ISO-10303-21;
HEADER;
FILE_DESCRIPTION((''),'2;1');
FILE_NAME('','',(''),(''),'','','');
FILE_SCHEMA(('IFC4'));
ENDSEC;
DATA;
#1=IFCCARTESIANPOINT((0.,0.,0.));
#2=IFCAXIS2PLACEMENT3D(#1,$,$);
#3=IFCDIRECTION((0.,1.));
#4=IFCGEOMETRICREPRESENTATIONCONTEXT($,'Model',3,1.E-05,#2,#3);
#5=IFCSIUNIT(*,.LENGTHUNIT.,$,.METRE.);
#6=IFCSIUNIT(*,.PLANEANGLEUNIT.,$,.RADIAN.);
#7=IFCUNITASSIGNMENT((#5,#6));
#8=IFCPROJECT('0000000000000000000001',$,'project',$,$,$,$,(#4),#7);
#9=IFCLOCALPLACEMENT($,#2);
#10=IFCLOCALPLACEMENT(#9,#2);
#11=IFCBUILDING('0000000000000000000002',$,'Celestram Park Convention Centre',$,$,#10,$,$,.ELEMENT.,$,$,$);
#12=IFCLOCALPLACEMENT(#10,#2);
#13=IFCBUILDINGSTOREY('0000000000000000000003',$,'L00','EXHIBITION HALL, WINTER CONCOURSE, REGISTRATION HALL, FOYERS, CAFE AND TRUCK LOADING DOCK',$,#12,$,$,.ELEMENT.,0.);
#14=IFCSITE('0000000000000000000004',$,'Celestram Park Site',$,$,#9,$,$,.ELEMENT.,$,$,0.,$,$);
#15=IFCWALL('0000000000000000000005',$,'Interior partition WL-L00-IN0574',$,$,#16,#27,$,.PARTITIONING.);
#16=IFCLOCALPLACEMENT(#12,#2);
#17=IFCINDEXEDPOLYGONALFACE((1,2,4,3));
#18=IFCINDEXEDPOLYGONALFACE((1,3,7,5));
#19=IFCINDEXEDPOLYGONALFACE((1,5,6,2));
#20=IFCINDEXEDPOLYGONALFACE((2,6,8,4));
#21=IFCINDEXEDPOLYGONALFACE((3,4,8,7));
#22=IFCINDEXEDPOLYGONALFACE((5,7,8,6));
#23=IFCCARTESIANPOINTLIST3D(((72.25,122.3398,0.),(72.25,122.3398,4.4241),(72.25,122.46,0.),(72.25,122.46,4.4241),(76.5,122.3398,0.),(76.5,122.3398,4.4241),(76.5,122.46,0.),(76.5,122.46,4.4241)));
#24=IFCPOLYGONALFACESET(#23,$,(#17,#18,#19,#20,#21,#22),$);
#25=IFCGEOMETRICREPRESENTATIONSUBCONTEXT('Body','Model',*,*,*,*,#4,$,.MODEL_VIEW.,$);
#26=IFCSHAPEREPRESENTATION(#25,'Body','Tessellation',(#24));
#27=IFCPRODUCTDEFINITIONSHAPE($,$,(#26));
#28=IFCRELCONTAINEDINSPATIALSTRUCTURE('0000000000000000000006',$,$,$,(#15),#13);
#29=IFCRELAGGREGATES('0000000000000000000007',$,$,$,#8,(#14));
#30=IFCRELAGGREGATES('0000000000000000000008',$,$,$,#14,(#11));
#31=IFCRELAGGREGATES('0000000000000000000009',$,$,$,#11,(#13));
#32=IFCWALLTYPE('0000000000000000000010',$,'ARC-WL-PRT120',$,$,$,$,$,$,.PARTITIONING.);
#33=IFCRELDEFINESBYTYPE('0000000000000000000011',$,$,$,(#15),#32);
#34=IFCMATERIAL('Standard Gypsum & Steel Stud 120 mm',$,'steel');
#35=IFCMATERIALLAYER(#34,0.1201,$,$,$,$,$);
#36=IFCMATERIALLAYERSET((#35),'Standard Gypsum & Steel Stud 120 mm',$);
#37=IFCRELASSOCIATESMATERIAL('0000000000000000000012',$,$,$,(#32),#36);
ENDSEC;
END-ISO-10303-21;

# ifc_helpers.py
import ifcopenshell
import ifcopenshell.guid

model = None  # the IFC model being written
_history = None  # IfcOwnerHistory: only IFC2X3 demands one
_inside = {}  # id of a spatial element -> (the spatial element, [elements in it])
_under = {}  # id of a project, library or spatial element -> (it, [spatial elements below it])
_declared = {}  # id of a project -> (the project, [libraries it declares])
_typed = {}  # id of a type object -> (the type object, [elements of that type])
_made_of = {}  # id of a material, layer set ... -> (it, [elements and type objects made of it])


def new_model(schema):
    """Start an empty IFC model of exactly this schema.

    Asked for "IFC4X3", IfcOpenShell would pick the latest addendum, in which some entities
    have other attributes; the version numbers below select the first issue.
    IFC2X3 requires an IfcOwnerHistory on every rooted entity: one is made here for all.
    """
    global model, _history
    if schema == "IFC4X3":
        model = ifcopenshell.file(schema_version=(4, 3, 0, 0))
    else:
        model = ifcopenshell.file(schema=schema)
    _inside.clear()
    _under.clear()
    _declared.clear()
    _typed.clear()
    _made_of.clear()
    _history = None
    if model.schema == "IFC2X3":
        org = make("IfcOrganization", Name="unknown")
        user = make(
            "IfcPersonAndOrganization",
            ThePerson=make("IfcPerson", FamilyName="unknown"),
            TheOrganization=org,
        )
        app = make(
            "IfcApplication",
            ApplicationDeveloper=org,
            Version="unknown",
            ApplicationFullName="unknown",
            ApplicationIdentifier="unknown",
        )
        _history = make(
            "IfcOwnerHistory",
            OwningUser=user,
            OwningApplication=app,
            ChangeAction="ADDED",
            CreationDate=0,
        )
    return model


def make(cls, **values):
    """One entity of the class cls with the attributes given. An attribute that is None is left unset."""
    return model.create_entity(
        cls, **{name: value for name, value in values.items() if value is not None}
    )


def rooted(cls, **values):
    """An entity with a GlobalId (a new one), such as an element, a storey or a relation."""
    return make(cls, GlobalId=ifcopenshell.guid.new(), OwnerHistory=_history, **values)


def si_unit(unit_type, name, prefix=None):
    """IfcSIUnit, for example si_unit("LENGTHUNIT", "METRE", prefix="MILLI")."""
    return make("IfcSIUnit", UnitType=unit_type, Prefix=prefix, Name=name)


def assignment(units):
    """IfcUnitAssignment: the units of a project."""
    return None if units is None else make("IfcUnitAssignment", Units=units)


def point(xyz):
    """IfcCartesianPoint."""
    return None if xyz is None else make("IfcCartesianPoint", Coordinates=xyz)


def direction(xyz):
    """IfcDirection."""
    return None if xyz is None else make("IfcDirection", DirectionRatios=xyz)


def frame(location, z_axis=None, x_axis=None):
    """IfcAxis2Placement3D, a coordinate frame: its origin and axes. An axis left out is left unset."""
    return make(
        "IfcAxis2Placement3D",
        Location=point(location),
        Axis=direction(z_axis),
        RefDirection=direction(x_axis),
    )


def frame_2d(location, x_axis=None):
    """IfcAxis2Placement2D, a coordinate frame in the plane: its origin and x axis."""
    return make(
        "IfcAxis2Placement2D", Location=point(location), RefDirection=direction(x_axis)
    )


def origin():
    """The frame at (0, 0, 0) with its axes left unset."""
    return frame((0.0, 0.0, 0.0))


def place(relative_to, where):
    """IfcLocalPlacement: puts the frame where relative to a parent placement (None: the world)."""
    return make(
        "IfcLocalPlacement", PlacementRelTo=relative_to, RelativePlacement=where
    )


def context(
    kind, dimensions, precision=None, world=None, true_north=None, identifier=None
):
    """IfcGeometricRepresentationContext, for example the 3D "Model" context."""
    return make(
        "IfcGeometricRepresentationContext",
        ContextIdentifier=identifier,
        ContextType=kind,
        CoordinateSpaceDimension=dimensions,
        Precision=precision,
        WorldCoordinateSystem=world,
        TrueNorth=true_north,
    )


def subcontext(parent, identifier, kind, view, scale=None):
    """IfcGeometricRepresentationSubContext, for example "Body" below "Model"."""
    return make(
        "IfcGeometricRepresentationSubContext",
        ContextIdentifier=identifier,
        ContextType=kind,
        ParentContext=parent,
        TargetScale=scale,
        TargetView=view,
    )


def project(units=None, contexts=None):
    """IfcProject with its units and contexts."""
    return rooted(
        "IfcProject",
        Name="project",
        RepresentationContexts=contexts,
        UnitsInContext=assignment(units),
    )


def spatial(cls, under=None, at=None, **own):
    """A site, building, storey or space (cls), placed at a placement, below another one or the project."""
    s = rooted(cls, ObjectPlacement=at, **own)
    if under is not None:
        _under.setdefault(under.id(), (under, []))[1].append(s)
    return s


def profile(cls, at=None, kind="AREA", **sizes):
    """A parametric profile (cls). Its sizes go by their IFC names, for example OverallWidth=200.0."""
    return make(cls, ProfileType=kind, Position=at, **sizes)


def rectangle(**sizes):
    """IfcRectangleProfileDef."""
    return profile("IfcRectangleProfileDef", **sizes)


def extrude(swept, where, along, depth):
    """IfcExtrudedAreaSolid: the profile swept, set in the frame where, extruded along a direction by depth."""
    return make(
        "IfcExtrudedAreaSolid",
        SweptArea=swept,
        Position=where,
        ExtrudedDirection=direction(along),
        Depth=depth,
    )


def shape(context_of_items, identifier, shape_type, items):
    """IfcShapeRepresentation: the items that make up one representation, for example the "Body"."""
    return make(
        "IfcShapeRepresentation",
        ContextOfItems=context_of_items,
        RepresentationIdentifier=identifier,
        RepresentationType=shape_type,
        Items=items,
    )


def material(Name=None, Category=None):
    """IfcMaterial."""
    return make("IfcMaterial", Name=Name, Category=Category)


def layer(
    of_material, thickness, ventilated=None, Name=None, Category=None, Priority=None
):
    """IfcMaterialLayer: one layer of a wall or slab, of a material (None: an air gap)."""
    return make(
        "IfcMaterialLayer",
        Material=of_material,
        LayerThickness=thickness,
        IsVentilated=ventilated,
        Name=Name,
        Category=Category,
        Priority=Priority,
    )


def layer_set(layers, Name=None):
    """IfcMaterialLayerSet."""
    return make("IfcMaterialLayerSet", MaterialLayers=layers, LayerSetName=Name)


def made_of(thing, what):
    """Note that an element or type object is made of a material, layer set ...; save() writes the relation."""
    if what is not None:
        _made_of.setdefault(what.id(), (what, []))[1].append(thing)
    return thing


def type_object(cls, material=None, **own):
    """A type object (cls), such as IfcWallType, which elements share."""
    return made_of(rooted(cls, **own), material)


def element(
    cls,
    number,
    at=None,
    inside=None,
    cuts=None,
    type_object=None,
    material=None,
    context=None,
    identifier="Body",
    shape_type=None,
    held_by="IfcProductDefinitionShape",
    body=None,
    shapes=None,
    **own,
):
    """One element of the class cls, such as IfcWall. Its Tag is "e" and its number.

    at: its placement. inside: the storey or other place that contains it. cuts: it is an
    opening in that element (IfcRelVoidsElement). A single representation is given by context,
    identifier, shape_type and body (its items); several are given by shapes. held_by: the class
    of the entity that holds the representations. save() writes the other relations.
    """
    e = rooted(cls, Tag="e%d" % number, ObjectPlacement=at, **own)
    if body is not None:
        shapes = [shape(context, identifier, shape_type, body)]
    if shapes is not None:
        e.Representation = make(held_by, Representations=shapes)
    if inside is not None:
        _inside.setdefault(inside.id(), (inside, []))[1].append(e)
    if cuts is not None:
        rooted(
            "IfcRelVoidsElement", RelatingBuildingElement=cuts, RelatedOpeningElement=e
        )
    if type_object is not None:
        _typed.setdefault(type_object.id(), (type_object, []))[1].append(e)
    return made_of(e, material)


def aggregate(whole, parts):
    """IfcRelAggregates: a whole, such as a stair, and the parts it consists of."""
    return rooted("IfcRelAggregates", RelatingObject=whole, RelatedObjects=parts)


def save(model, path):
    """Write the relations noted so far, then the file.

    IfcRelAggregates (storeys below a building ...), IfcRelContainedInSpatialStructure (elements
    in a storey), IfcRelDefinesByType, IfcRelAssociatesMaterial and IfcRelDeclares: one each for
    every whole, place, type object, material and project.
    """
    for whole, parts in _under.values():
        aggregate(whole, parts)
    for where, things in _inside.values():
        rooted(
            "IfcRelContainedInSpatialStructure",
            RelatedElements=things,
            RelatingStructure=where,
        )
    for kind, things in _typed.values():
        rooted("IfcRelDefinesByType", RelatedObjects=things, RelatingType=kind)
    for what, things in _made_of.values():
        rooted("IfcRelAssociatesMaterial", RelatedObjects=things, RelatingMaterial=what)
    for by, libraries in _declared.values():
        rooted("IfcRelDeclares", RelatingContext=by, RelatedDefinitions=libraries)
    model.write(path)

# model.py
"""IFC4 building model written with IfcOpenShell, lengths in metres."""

from ifc_helpers import new_model, si_unit, direction, frame, frame_2d, origin, place, context, subcontext, project, spatial, rectangle, extrude, material, layer, layer_set, type_object, element, save


model = new_model("IFC4")

# Units and contexts
model_context = context("Model", 3, precision=1e-05, world=origin(), true_north=direction((0.0, 1.0)))
body_context = subcontext(model_context, "Body", "Model", "MODEL_VIEW")
ifc_project = project(units=[si_unit("LENGTHUNIT", "METRE"), si_unit("PLANEANGLEUNIT", "RADIAN")], contexts=[model_context])

# Site, building, storey
site_placement = place(None, origin())
site = spatial("IfcSite", under=ifc_project, at=site_placement, Name="Celestram Park Site", CompositionType="ELEMENT", RefElevation=0.0)
building_placement = place(site_placement, origin())
building = spatial("IfcBuilding", under=site, at=building_placement, Name="Celestram Park Convention Centre", CompositionType="ELEMENT")
storey_placement = place(building_placement, origin())
storey = spatial("IfcBuildingStorey", under=building, at=storey_placement, Name="L00", Description="EXHIBITION HALL, WINTER CONCOURSE, REGISTRATION HALL, FOYERS, CAFE AND TRUCK LOADING DOCK", CompositionType="ELEMENT", Elevation=0.0)

# Shared definitions
ifc_material_1 = material(Name="Standard Gypsum & Steel Stud 120 mm", Category="steel")
ifc_layer_1 = layer(ifc_material_1, 0.1201)
ifc_layer_set_1 = layer_set([ifc_layer_1], Name="Standard Gypsum & Steel Stud 120 mm")
wall_type_1 = type_object("IfcWallType", Name="ARC-WL-PRT120", PredefinedType="PARTITIONING", material=ifc_layer_set_1)

# Wall
wall_1_placement = place(storey_placement, frame((72.25, 122.3999, 0.0), z_axis=(0.0, 0.0, 1.0), x_axis=(1.0, 0.0, 0.0)))
element("IfcWall", 1, at=wall_1_placement, inside=storey, type_object=wall_type_1, Name="Interior partition WL-L00-IN0574", PredefinedType="PARTITIONING", context=body_context, shape_type="SweptSolid", body=[
    extrude(rectangle(XDim=4.25, YDim=0.1201, at=frame_2d((2.125, 0.0))), origin(), (0.0, 0.0, 1.0), 4.4241),
])

save(model, "model.ifc")
